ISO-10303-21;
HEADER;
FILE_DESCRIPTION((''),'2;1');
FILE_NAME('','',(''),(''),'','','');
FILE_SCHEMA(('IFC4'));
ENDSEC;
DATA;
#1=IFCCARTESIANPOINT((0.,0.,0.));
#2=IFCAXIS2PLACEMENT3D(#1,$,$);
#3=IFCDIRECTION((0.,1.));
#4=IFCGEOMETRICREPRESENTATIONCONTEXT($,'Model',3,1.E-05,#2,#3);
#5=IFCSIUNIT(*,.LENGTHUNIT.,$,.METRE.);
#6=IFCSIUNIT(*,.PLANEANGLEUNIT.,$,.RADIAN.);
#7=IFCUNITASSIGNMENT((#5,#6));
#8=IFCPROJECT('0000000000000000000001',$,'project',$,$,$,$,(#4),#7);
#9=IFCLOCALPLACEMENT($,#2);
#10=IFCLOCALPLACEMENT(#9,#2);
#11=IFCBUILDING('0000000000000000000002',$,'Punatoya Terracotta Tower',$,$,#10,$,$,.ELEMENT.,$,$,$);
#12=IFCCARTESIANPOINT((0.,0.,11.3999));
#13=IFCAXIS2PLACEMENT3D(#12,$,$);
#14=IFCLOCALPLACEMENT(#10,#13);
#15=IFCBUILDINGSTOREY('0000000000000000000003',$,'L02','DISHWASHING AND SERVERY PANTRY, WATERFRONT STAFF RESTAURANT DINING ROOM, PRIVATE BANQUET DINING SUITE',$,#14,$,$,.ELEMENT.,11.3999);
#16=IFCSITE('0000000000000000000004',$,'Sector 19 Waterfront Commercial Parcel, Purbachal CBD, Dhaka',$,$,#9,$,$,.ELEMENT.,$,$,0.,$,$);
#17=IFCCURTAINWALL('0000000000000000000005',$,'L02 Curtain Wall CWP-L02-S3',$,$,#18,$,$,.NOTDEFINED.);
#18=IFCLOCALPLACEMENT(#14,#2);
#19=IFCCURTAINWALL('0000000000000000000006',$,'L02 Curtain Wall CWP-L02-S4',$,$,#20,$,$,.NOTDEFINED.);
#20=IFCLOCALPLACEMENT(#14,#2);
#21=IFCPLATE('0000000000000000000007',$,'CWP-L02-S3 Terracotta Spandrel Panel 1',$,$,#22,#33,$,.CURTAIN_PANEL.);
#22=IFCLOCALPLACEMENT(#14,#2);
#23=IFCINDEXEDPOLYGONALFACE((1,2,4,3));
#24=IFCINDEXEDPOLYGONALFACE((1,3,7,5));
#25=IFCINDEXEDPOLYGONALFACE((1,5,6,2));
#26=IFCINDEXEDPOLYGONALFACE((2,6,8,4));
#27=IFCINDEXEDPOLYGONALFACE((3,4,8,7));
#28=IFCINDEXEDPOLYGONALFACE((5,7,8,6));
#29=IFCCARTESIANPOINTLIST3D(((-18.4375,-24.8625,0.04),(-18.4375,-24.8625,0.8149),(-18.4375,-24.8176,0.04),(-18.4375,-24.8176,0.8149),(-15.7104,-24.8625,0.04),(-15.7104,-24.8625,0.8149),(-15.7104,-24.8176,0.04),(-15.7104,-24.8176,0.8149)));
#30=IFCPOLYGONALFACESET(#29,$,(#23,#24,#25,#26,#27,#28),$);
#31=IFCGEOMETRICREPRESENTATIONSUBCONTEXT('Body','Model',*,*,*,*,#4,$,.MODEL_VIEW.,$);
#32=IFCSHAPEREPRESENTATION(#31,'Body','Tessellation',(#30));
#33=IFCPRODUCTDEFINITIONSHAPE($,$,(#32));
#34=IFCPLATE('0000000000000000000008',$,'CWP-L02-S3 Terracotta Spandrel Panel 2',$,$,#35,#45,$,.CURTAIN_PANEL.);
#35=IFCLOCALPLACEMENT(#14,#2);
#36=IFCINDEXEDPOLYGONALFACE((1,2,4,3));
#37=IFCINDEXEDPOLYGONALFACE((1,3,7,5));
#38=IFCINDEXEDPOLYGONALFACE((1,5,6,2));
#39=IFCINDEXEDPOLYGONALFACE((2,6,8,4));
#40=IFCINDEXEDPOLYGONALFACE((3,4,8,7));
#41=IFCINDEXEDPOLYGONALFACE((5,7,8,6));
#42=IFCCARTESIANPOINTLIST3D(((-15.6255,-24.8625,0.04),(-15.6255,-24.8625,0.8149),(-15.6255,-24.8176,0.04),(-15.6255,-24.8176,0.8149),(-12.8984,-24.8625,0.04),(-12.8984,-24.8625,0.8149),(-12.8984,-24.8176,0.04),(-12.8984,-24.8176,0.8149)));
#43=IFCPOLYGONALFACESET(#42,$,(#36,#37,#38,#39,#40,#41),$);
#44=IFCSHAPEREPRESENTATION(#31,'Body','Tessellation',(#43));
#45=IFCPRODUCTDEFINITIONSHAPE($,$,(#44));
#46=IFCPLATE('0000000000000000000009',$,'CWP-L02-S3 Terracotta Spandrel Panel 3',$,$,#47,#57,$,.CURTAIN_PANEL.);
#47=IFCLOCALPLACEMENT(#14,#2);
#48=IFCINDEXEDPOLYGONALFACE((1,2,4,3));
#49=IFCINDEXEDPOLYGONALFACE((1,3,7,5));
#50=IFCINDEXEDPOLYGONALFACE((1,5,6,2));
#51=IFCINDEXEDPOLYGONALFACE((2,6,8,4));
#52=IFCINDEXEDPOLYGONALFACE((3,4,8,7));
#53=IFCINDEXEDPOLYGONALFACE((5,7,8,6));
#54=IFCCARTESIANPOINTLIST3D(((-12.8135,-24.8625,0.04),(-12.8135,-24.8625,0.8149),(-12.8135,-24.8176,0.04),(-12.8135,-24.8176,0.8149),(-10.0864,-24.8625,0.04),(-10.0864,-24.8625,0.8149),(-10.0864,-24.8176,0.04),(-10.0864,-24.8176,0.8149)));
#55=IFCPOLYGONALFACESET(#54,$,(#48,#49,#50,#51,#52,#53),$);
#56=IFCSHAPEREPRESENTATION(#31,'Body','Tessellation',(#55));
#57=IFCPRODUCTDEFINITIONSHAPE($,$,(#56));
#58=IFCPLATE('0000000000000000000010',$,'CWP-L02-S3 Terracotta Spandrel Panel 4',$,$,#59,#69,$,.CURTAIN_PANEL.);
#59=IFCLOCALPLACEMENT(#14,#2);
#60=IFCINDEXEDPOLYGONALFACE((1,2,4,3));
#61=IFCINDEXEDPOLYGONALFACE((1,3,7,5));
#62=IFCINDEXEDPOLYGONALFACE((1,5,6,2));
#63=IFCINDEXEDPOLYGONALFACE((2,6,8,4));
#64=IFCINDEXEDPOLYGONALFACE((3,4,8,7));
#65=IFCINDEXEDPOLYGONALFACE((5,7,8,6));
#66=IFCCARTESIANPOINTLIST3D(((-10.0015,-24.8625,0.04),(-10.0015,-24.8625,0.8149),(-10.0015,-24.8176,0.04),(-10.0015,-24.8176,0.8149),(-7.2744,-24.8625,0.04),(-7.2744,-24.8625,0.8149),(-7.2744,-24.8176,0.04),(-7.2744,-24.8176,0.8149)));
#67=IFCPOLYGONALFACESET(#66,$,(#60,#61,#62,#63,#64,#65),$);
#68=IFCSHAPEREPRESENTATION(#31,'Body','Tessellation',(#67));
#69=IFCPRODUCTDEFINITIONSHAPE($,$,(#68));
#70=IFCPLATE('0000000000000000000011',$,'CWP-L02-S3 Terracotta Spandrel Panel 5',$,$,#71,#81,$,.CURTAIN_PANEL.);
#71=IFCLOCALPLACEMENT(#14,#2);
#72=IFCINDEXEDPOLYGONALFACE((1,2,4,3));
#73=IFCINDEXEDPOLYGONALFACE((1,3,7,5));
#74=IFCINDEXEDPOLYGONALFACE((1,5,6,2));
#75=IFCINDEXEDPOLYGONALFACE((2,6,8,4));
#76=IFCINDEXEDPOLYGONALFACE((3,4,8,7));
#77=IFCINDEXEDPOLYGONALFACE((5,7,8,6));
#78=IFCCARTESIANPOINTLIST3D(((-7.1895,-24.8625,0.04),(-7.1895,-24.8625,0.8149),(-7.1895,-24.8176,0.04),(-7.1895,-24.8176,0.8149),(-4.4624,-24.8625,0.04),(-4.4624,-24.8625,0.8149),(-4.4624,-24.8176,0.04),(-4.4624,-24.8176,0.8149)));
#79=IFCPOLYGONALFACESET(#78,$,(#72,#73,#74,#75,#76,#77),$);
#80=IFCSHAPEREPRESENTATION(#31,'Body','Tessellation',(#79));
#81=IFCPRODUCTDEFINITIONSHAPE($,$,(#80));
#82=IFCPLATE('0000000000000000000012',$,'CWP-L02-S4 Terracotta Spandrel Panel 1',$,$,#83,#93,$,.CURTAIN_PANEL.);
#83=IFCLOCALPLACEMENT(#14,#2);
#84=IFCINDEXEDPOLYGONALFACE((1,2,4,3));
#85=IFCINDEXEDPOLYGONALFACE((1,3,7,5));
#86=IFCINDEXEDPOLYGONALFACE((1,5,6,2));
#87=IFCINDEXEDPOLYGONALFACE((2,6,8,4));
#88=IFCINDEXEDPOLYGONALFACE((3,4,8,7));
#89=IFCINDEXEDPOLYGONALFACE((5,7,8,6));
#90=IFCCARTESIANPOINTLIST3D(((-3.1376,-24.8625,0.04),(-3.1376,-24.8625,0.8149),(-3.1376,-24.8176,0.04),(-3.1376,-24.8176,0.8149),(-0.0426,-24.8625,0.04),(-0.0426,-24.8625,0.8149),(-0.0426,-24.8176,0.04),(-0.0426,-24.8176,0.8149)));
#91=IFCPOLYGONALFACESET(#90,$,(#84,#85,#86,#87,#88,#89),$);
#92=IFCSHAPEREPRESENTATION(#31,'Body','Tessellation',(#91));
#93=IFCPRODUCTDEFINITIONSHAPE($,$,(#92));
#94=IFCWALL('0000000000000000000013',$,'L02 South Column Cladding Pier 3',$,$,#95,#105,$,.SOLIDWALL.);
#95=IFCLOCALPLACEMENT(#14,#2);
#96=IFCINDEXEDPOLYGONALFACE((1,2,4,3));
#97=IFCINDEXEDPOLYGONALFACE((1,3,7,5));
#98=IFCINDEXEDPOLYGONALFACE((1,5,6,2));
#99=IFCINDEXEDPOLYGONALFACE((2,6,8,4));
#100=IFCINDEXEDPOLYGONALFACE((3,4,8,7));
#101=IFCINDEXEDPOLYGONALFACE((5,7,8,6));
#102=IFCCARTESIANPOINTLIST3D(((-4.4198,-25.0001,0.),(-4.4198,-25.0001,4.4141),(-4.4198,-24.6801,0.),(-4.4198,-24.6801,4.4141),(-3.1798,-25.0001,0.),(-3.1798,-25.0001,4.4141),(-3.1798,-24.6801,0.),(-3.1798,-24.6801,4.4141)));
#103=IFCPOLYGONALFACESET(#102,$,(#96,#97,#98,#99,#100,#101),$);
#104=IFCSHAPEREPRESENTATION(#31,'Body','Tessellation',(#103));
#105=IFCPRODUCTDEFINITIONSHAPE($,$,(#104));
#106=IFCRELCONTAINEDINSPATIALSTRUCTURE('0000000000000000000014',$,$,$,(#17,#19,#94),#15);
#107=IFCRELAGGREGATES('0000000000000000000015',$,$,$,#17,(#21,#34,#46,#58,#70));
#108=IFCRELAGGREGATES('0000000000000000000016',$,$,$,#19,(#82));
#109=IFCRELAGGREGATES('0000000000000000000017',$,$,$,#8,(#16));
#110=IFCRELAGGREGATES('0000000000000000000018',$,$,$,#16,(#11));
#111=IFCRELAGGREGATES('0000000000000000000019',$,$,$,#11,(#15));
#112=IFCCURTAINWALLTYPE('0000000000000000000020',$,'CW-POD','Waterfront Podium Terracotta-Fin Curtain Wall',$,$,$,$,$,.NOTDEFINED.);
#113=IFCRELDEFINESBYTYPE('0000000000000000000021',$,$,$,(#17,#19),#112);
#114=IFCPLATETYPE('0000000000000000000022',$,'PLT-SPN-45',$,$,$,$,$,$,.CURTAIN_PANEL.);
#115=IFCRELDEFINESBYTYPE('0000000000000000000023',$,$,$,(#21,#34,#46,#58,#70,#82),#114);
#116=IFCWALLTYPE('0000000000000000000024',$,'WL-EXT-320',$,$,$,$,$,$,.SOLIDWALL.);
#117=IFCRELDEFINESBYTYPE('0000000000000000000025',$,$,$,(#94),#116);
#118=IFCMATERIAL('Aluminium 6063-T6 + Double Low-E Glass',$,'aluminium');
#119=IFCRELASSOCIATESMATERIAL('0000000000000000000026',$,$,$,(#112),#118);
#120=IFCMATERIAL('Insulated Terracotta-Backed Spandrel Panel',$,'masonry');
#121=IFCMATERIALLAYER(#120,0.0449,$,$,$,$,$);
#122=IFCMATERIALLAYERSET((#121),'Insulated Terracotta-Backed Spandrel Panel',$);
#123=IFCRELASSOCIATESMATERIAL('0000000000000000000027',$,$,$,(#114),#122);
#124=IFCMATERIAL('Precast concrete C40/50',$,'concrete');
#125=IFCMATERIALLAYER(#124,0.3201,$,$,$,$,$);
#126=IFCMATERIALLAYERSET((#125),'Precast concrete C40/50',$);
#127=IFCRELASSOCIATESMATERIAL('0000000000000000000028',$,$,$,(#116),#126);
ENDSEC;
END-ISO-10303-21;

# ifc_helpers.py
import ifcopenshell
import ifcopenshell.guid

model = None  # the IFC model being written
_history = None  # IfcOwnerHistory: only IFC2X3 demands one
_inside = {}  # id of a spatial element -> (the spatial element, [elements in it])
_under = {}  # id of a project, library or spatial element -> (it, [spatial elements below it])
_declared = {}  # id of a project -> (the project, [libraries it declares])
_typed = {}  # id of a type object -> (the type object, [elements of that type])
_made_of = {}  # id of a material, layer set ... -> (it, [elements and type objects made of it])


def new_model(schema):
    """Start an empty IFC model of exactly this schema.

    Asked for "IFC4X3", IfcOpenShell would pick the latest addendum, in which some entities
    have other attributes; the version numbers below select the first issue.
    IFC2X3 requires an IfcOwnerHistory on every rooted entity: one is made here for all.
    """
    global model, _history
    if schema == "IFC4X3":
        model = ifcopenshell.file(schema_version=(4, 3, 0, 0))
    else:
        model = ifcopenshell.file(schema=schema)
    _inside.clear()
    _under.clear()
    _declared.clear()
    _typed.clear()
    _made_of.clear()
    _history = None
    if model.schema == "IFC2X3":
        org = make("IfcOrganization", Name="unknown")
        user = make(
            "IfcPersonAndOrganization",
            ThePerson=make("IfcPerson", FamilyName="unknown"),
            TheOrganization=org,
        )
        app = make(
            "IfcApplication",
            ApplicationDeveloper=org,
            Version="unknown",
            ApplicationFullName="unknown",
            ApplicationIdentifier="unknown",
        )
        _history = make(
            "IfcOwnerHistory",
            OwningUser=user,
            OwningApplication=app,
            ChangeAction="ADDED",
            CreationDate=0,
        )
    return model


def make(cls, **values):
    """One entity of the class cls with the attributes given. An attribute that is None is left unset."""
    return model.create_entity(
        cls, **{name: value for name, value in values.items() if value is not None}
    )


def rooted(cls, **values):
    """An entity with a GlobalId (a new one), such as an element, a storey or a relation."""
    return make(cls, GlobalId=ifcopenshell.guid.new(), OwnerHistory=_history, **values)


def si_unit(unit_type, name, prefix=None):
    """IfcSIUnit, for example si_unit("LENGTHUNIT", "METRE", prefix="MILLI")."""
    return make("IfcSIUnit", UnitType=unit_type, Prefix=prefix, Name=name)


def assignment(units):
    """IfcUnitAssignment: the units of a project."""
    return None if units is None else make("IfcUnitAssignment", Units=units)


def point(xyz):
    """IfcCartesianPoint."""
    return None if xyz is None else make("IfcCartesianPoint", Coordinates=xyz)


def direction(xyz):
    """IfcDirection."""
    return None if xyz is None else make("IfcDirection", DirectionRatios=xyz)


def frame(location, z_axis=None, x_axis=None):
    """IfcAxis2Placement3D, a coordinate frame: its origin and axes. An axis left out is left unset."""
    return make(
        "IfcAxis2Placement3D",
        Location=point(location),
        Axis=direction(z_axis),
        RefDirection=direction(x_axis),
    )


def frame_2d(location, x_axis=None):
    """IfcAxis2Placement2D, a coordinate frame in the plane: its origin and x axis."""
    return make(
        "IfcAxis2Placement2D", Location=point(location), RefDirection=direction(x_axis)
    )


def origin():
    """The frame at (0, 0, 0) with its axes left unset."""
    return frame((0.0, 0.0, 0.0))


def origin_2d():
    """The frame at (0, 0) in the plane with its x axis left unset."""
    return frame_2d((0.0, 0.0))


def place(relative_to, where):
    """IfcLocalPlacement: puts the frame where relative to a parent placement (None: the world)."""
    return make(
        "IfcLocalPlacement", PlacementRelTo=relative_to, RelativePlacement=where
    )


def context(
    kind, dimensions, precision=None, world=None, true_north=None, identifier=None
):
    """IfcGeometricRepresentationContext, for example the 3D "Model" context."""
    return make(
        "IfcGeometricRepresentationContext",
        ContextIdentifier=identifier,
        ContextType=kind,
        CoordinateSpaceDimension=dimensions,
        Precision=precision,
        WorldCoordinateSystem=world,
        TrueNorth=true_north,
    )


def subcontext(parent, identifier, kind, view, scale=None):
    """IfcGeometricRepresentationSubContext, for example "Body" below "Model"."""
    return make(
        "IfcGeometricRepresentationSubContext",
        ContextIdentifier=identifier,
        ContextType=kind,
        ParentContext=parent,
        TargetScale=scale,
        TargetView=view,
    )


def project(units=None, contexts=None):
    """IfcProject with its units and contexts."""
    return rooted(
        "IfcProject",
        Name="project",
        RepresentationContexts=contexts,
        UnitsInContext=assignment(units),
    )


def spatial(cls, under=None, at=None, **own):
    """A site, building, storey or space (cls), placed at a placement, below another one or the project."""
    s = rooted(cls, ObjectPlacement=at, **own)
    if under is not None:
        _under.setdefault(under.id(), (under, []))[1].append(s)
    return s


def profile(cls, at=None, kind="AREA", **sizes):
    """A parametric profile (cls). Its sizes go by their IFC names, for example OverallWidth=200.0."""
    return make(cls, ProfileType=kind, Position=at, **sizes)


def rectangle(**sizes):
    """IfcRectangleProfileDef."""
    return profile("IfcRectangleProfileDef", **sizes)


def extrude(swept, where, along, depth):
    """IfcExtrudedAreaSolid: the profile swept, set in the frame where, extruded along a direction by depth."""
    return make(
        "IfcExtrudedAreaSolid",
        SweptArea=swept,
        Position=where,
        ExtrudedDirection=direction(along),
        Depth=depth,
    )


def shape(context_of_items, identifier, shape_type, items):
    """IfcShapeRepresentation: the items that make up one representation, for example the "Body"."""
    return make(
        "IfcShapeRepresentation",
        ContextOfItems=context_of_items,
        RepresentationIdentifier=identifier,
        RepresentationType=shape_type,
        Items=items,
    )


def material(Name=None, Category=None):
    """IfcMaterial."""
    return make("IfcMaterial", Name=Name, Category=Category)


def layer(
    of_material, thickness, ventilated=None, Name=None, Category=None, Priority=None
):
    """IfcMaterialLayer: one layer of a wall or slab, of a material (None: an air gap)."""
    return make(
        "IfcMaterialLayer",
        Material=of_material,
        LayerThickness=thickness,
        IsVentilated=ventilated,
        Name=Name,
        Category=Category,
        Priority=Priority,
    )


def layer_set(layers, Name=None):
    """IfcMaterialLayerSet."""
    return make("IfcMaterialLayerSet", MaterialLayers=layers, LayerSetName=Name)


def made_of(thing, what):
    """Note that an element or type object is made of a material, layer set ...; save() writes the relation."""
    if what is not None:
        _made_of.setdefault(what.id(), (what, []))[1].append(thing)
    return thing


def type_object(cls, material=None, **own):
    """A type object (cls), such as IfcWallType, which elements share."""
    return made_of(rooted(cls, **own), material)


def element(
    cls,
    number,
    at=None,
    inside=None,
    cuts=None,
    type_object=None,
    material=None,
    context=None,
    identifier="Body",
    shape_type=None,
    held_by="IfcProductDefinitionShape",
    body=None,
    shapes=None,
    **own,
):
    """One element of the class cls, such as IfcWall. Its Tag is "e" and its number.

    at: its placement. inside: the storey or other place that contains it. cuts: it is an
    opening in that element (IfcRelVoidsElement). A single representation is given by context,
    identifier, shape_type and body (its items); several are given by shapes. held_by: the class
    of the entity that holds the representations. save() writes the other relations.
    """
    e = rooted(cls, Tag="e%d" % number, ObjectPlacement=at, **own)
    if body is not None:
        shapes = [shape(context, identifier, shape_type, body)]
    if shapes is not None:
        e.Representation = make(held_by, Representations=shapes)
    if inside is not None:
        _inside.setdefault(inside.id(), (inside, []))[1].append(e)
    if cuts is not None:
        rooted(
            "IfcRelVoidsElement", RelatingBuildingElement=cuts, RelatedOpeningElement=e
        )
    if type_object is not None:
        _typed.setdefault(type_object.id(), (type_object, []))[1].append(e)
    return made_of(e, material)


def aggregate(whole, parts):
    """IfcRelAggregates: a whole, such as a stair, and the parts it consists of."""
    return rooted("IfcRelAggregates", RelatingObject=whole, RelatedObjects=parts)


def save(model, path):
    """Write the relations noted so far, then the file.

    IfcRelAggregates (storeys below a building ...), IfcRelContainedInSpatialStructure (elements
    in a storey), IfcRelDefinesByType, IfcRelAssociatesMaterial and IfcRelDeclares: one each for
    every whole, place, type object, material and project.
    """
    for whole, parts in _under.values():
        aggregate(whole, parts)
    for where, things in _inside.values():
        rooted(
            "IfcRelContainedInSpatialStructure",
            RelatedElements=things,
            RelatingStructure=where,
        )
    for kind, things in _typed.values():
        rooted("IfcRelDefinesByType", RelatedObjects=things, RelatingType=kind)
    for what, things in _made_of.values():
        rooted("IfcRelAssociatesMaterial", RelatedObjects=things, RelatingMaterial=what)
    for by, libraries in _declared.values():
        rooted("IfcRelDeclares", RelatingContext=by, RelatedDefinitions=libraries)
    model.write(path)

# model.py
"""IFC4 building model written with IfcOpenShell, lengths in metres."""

from ifc_helpers import new_model, si_unit, direction, frame, frame_2d, origin, origin_2d, place, context, subcontext, project, spatial, rectangle, extrude, material, layer, layer_set, type_object, element, aggregate, save


model = new_model("IFC4")

# Units and contexts
model_context = context("Model", 3, precision=1e-05, world=origin(), true_north=direction((0.0, 1.0)))
body_context = subcontext(model_context, "Body", "Model", "MODEL_VIEW")
ifc_project = project(units=[si_unit("LENGTHUNIT", "METRE"), si_unit("PLANEANGLEUNIT", "RADIAN")], contexts=[model_context])

# Site, building, storey
site_placement = place(None, origin())
site = spatial("IfcSite", under=ifc_project, at=site_placement, Name="Sector 19 Waterfront Commercial Parcel, Purbachal CBD, Dhaka", CompositionType="ELEMENT", RefElevation=0.0)
building_placement = place(site_placement, origin())
building = spatial("IfcBuilding", under=site, at=building_placement, Name="Punatoya Terracotta Tower", CompositionType="ELEMENT")
storey_placement = place(building_placement, frame((0.0, 0.0, 11.3999)))
storey = spatial("IfcBuildingStorey", under=building, at=storey_placement, Name="L02", Description="DISHWASHING AND SERVERY PANTRY, WATERFRONT STAFF RESTAURANT DINING ROOM, PRIVATE BANQUET DINING SUITE", CompositionType="ELEMENT", Elevation=11.3999)

# Curtain walls
ifc_material_1 = material(Name="Aluminium 6063-T6 + Double Low-E Glass", Category="aluminium")
curtain_wall_type = type_object("IfcCurtainWallType", Name="CW-POD", Description="Waterfront Podium Terracotta-Fin Curtain Wall", PredefinedType="NOTDEFINED", material=ifc_material_1)
curtain_wall_1_placement = place(storey_placement, origin())
curtain_wall_1 = element("IfcCurtainWall", 1, at=curtain_wall_1_placement, inside=storey, type_object=curtain_wall_type, Name="L02 Curtain Wall CWP-L02-S3", PredefinedType="NOTDEFINED")
curtain_wall_2_placement = place(storey_placement, origin())
curtain_wall_2 = element("IfcCurtainWall", 2, at=curtain_wall_2_placement, inside=storey, type_object=curtain_wall_type, Name="L02 Curtain Wall CWP-L02-S4", PredefinedType="NOTDEFINED")

# Plates
ifc_material_2 = material(Name="Insulated Terracotta-Backed Spandrel Panel", Category="masonry")
ifc_layer_1 = layer(ifc_material_2, 0.0449)
ifc_layer_set_1 = layer_set([ifc_layer_1], Name="Insulated Terracotta-Backed Spandrel Panel")
plate_type_1 = type_object("IfcPlateType", Name="PLT-SPN-45", PredefinedType="CURTAIN_PANEL", material=ifc_layer_set_1)
plate_1_placement = place(storey_placement, frame((-17.074, -24.8401, 0.04), z_axis=(0.0, 0.0, 1.0), x_axis=(1.0, 0.0, 0.0)))
plate_1 = element("IfcPlate", 3, at=plate_1_placement, type_object=plate_type_1, Name="CWP-L02-S3 Terracotta Spandrel Panel 1", PredefinedType="CURTAIN_PANEL", context=body_context, shape_type="SweptSolid", body=[
    extrude(rectangle(XDim=2.7271, YDim=0.0449, at=origin_2d()), origin(), (0.0, 0.0, 1.0), 0.7749),
])
plate_2_placement = place(storey_placement, frame((-14.262, -24.8401, 0.04), z_axis=(0.0, 0.0, 1.0), x_axis=(1.0, 0.0, 0.0)))
plate_2 = element("IfcPlate", 4, at=plate_2_placement, type_object=plate_type_1, Name="CWP-L02-S3 Terracotta Spandrel Panel 2", PredefinedType="CURTAIN_PANEL", context=body_context, shape_type="SweptSolid", body=[
    extrude(rectangle(XDim=2.7271, YDim=0.0449, at=origin_2d()), origin(), (0.0, 0.0, 1.0), 0.7749),
])
plate_3_placement = place(storey_placement, frame((-11.45, -24.8401, 0.04), z_axis=(0.0, 0.0, 1.0), x_axis=(1.0, 0.0, 0.0)))
plate_3 = element("IfcPlate", 5, at=plate_3_placement, type_object=plate_type_1, Name="CWP-L02-S3 Terracotta Spandrel Panel 3", PredefinedType="CURTAIN_PANEL", context=body_context, shape_type="SweptSolid", body=[
    extrude(rectangle(XDim=2.7271, YDim=0.0449, at=origin_2d()), origin(), (0.0, 0.0, 1.0), 0.7749),
])
plate_4_placement = place(storey_placement, frame((-8.6379, -24.8401, 0.04), z_axis=(0.0, 0.0, 1.0), x_axis=(1.0, 0.0, 0.0)))
plate_4 = element("IfcPlate", 6, at=plate_4_placement, type_object=plate_type_1, Name="CWP-L02-S3 Terracotta Spandrel Panel 4", PredefinedType="CURTAIN_PANEL", context=body_context, shape_type="SweptSolid", body=[
    extrude(rectangle(XDim=2.7271, YDim=0.0449, at=origin_2d()), origin(), (0.0, 0.0, 1.0), 0.7749),
])
plate_5_placement = place(storey_placement, frame((-5.8259, -24.8401, 0.04), z_axis=(0.0, 0.0, 1.0), x_axis=(1.0, 0.0, 0.0)))
plate_5 = element("IfcPlate", 7, at=plate_5_placement, type_object=plate_type_1, Name="CWP-L02-S3 Terracotta Spandrel Panel 5", PredefinedType="CURTAIN_PANEL", context=body_context, shape_type="SweptSolid", body=[
    extrude(rectangle(XDim=2.7271, YDim=0.0449, at=origin_2d()), origin(), (0.0, 0.0, 1.0), 0.7749),
])
aggregate(curtain_wall_1, [plate_1, plate_2, plate_3, plate_4, plate_5])
plate_6_placement = place(storey_placement, frame((-1.5901, -24.8401, 0.04), z_axis=(0.0, 0.0, 1.0), x_axis=(1.0, 0.0, 0.0)))
plate_6 = element("IfcPlate", 8, at=plate_6_placement, type_object=plate_type_1, Name="CWP-L02-S4 Terracotta Spandrel Panel 1", PredefinedType="CURTAIN_PANEL", context=body_context, shape_type="SweptSolid", body=[
    extrude(rectangle(XDim=3.095, YDim=0.0449, at=origin_2d()), origin(), (0.0, 0.0, 1.0), 0.7749),
])
aggregate(curtain_wall_2, [plate_6])

# Wall
ifc_material_3 = material(Name="Precast concrete C40/50", Category="concrete")
ifc_layer_2 = layer(ifc_material_3, 0.3201)
ifc_layer_set_2 = layer_set([ifc_layer_2], Name="Precast concrete C40/50")
wall_type = type_object("IfcWallType", Name="WL-EXT-320", PredefinedType="SOLIDWALL", material=ifc_layer_set_2)
wall_placement = place(storey_placement, frame((-4.4199, -24.8401, 0.0), z_axis=(0.0, 0.0, 1.0), x_axis=(1.0, 0.0, 0.0)))
element("IfcWall", 9, at=wall_placement, inside=storey, type_object=wall_type, Name="L02 South Column Cladding Pier 3", PredefinedType="SOLIDWALL", context=body_context, shape_type="SweptSolid", body=[
    extrude(rectangle(XDim=1.24, YDim=0.3201, at=frame_2d((0.6201, 0.0))), origin(), (0.0, 0.0, 1.0), 4.4141),
])

save(model, "model.ifc")
